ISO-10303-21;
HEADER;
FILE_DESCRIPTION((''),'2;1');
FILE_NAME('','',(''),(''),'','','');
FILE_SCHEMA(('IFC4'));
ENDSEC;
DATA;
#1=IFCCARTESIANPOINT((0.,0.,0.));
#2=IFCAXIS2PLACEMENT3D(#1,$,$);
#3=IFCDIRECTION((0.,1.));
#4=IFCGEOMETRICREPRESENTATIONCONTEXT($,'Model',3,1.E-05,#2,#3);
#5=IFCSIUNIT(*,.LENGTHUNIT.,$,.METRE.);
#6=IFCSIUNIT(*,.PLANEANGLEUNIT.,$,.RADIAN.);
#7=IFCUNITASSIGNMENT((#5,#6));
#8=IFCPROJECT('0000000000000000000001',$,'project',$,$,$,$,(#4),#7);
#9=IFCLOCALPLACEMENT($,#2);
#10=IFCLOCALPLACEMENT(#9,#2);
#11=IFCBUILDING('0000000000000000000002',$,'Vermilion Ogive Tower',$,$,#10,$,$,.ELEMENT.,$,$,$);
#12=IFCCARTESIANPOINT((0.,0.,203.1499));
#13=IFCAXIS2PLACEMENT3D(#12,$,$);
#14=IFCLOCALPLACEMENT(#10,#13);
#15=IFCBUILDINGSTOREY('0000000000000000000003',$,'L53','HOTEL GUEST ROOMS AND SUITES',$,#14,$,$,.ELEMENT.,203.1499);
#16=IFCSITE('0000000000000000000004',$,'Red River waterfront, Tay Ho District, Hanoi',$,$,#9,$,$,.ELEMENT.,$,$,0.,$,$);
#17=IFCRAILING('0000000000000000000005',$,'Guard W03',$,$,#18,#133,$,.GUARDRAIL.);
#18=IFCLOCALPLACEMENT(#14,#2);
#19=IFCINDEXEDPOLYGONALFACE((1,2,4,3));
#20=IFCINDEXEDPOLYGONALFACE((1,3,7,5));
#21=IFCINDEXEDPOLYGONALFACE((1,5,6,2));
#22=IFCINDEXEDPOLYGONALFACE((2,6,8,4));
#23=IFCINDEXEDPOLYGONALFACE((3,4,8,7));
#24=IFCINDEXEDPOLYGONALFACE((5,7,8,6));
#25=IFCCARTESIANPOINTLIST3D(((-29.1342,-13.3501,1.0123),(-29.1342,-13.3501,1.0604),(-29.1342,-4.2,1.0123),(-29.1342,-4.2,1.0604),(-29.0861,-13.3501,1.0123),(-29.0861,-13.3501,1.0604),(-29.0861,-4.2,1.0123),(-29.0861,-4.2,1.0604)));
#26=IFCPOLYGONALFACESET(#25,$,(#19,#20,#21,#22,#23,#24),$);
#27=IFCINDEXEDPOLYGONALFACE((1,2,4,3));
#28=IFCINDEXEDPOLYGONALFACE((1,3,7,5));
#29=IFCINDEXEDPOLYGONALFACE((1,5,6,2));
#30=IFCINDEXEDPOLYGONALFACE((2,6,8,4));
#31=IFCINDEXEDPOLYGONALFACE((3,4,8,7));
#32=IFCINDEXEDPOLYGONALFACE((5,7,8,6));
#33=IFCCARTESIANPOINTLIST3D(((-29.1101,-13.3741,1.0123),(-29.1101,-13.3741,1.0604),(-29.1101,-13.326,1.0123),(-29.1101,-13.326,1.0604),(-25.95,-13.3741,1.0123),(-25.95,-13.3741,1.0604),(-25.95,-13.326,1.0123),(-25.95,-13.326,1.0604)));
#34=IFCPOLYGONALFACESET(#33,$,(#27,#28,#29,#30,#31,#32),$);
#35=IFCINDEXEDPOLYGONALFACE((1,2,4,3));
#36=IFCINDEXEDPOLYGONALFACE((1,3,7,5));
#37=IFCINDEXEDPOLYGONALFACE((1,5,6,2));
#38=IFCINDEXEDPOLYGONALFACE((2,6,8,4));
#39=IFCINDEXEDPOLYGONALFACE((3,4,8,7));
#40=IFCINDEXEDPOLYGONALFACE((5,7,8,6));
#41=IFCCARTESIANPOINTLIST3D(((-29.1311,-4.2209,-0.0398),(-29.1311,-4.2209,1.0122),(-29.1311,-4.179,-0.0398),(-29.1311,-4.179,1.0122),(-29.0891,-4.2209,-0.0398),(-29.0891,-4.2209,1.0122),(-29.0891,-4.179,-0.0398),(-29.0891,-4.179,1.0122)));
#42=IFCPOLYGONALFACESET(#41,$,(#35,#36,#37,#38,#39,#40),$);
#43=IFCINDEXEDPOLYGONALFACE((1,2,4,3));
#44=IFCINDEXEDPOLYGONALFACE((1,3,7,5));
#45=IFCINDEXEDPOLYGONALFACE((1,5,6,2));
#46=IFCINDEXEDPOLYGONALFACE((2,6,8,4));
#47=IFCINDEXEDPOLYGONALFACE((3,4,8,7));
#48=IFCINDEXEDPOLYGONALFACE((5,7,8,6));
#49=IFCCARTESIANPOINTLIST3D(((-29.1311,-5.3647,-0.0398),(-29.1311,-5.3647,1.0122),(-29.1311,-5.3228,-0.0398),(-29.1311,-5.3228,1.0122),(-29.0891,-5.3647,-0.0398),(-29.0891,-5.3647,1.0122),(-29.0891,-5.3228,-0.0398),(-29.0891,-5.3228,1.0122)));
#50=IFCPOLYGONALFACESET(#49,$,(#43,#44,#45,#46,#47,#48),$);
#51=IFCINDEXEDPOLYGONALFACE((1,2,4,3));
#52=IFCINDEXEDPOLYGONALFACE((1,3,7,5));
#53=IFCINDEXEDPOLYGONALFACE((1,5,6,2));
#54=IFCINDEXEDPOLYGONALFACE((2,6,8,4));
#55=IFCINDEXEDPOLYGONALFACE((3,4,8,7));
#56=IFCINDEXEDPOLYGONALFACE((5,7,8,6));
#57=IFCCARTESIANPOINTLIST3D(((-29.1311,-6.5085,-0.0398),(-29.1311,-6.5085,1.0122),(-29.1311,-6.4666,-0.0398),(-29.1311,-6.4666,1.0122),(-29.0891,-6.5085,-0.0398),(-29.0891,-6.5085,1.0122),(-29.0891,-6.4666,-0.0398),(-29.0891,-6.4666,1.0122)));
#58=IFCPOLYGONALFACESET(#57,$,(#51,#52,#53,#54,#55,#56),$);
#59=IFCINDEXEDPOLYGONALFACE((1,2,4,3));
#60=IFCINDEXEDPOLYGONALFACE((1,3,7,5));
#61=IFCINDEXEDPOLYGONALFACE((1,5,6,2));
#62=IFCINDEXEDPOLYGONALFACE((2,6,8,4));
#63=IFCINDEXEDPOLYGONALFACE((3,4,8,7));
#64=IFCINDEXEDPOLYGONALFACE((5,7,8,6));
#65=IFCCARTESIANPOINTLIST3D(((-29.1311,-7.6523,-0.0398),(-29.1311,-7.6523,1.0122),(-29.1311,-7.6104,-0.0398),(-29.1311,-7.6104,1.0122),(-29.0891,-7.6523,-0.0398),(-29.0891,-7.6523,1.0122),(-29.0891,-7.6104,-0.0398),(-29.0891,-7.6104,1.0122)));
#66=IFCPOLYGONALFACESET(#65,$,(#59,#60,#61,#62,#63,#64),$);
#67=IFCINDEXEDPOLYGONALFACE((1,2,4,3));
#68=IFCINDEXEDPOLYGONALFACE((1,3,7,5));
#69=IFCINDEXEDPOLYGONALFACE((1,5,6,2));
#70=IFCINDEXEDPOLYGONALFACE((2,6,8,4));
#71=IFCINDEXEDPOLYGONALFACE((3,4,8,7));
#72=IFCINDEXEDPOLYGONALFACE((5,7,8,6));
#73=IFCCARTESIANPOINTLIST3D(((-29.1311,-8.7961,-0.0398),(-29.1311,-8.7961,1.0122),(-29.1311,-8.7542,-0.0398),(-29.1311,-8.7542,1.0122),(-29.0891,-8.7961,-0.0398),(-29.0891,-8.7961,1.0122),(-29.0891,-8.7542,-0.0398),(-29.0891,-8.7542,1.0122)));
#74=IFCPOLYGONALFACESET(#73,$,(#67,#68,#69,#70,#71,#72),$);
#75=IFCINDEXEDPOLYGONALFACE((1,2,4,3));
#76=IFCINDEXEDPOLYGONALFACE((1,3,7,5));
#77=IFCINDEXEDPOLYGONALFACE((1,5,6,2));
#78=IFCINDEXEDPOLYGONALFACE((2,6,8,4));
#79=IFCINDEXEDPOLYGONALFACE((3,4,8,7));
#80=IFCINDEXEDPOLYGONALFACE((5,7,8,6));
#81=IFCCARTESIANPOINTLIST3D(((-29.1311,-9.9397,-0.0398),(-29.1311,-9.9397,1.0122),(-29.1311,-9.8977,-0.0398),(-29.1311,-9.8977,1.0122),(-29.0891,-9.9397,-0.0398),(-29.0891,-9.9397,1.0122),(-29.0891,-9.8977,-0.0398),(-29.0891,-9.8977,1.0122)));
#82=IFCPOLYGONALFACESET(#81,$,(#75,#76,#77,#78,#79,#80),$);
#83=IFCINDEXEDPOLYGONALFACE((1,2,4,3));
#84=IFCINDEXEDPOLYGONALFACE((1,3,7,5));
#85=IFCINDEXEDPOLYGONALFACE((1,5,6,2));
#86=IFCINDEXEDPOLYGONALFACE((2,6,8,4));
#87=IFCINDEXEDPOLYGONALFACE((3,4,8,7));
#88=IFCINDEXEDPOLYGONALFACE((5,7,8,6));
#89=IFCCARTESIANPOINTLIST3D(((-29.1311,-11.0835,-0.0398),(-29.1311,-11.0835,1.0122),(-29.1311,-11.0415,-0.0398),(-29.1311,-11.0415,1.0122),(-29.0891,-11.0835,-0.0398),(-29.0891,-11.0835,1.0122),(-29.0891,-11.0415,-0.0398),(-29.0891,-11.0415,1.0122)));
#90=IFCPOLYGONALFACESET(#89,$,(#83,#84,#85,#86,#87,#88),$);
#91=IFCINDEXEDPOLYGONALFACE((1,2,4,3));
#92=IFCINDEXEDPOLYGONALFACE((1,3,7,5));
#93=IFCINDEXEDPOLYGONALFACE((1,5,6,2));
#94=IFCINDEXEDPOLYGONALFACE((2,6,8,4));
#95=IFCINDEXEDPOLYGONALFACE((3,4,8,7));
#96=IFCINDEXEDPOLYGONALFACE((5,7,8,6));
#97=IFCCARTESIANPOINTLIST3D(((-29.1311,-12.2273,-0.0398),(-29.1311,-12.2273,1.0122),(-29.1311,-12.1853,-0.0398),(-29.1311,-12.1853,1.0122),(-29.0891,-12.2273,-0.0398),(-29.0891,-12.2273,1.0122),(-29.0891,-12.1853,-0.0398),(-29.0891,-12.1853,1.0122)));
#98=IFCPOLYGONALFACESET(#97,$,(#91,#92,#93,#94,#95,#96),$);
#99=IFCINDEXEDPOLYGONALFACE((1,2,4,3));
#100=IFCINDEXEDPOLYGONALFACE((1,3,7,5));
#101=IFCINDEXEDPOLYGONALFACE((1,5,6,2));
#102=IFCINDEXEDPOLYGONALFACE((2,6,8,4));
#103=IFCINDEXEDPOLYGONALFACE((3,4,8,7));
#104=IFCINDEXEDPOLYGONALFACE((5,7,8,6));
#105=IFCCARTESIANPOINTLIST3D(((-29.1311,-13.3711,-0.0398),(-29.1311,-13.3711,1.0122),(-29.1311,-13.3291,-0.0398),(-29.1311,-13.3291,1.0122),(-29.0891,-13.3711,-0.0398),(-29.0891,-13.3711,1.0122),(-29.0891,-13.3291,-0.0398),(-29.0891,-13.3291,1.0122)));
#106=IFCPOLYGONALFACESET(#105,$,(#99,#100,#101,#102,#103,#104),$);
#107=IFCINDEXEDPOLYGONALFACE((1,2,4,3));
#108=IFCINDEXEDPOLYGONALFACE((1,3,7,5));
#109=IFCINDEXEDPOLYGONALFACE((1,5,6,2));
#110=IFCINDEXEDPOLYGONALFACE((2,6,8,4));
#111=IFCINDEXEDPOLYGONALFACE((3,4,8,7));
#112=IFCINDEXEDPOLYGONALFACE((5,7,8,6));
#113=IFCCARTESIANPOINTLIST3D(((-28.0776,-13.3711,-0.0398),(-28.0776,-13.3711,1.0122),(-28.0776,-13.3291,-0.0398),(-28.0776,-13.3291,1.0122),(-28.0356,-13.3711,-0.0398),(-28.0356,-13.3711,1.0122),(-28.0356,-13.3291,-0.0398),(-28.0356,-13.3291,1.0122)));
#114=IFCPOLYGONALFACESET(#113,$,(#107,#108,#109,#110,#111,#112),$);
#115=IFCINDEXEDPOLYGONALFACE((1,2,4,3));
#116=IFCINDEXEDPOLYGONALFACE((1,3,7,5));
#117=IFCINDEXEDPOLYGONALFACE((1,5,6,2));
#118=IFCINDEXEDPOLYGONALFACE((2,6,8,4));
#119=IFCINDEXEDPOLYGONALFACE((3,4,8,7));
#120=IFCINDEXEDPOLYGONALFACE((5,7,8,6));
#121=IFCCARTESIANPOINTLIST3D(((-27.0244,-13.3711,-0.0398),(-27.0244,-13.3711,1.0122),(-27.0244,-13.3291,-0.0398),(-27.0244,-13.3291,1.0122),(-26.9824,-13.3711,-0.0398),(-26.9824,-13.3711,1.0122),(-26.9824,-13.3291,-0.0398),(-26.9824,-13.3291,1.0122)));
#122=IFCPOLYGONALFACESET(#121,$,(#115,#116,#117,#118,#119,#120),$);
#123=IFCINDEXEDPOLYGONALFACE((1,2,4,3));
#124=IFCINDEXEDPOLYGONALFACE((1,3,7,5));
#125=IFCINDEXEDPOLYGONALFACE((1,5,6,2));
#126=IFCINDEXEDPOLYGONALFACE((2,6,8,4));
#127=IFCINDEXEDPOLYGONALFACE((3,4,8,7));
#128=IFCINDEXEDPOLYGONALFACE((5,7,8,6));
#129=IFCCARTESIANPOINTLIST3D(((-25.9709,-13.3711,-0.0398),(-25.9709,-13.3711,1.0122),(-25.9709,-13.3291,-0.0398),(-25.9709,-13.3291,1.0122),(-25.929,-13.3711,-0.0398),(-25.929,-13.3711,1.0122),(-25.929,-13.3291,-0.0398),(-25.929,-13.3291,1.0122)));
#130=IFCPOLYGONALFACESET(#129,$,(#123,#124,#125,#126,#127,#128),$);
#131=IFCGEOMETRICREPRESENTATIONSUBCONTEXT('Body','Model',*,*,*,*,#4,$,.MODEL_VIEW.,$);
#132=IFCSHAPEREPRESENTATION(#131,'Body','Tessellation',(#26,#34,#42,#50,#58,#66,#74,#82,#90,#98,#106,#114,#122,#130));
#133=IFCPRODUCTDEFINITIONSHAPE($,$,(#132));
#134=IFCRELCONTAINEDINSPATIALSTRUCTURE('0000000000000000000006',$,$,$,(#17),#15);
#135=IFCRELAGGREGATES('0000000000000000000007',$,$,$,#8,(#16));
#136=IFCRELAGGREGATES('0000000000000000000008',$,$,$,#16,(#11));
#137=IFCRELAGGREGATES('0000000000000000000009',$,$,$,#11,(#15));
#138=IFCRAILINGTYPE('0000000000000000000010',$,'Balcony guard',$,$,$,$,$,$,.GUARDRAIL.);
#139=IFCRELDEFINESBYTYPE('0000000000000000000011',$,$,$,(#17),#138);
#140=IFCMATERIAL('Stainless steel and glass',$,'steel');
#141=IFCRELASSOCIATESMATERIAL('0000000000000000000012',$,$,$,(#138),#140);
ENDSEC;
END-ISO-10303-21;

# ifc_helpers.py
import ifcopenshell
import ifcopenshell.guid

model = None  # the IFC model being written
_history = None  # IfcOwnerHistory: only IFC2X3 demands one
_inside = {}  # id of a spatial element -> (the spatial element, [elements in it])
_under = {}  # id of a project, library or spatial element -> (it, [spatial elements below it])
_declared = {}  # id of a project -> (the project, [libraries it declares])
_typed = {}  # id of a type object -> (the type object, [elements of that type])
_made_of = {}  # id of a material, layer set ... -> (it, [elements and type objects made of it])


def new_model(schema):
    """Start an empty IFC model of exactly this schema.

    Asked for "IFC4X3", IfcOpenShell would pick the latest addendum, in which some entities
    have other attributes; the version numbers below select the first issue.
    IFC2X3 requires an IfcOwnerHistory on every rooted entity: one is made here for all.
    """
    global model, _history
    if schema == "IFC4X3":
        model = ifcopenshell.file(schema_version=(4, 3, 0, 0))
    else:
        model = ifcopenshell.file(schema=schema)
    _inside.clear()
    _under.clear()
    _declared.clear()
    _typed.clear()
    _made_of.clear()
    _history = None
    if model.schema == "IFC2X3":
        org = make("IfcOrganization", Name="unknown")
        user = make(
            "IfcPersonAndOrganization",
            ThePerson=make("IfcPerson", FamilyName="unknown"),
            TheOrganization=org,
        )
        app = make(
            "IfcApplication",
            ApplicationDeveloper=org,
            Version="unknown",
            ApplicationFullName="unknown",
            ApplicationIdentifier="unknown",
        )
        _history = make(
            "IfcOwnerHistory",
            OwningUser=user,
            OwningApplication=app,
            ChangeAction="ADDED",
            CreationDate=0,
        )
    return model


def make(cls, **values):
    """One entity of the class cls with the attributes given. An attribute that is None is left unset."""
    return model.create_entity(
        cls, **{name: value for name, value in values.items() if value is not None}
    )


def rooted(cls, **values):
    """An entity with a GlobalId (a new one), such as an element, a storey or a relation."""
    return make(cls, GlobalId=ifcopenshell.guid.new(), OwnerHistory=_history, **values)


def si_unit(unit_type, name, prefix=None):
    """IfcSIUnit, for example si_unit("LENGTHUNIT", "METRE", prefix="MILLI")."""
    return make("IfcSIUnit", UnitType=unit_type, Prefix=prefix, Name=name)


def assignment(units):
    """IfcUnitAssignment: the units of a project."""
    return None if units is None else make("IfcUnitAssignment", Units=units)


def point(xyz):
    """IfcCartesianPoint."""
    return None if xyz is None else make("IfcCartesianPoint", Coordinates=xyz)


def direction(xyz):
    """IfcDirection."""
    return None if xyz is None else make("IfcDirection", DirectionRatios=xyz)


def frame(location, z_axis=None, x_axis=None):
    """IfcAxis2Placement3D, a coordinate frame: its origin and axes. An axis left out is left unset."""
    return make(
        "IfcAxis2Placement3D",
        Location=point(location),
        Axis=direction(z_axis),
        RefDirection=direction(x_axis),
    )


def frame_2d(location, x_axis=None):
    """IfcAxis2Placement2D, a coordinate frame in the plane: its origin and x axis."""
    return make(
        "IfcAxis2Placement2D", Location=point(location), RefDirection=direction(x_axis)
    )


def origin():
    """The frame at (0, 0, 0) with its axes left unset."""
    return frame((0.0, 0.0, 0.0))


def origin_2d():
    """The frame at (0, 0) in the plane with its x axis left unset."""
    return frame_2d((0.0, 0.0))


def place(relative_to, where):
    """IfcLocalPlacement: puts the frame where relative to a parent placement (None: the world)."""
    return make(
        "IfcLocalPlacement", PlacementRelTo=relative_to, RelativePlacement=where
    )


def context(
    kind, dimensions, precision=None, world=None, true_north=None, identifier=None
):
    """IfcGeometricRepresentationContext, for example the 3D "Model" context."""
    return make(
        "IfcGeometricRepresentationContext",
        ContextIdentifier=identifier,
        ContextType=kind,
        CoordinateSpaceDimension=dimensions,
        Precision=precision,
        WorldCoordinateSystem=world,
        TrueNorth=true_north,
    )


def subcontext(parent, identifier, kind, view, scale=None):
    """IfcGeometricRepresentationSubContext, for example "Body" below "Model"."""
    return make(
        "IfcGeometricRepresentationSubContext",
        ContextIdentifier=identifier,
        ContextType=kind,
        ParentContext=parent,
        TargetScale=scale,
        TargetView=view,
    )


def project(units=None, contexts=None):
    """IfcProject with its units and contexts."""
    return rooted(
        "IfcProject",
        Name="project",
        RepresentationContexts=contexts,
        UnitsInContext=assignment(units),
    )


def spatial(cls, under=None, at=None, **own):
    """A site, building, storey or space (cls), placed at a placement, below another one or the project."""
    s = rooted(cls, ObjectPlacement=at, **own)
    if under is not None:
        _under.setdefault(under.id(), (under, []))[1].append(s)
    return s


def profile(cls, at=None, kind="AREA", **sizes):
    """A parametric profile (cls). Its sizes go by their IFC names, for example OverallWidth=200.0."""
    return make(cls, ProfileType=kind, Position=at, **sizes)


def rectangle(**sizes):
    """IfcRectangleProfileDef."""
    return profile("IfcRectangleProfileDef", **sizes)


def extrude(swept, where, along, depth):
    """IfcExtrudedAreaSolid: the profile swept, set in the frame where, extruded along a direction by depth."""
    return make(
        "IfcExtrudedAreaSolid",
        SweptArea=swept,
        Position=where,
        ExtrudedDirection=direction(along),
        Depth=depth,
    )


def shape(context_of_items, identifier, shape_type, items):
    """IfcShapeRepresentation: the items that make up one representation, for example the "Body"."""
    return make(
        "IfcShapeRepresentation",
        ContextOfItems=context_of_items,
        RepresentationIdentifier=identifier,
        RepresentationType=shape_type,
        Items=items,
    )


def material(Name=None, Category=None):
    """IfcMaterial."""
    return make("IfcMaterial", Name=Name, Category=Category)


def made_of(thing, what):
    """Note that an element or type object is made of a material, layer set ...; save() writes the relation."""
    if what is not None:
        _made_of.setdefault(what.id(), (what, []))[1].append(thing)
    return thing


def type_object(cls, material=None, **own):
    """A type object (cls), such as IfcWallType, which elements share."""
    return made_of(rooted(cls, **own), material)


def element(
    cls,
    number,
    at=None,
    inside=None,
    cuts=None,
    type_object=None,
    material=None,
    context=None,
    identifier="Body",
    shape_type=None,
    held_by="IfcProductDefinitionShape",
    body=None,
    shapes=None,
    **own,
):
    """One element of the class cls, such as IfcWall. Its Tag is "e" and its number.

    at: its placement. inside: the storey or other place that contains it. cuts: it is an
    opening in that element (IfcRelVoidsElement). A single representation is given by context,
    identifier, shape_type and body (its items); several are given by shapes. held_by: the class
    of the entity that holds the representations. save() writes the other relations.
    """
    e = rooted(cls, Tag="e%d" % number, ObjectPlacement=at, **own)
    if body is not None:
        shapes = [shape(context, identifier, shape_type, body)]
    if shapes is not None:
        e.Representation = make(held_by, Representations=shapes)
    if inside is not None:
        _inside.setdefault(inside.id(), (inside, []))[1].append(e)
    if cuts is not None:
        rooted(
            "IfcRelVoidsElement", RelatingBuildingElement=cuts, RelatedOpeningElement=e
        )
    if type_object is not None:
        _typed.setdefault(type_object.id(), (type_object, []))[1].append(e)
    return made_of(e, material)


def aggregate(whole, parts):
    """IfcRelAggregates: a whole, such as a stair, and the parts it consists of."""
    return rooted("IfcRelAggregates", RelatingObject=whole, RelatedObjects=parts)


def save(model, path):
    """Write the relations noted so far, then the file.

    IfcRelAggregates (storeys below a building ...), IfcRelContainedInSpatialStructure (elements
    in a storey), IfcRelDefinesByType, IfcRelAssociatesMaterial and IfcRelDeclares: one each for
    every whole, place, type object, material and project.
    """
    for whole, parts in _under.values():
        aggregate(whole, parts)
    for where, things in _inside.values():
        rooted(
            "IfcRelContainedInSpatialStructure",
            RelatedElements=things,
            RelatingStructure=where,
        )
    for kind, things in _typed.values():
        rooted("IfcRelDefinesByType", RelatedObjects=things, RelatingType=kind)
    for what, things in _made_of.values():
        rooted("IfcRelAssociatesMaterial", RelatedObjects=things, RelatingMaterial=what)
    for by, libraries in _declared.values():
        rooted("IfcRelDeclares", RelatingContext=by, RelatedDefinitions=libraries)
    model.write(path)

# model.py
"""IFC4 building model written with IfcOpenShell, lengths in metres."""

from ifc_helpers import new_model, si_unit, direction, frame, origin, origin_2d, place, context, subcontext, project, spatial, rectangle, extrude, material, type_object, element, save


model = new_model("IFC4")

# Units and contexts
model_context = context("Model", 3, precision=1e-05, world=origin(), true_north=direction((0.0, 1.0)))
body_context = subcontext(model_context, "Body", "Model", "MODEL_VIEW")
ifc_project = project(units=[si_unit("LENGTHUNIT", "METRE"), si_unit("PLANEANGLEUNIT", "RADIAN")], contexts=[model_context])

# Site, building, storey
site_placement = place(None, origin())
site = spatial("IfcSite", under=ifc_project, at=site_placement, Name="Red River waterfront, Tay Ho District, Hanoi", CompositionType="ELEMENT", RefElevation=0.0)
building_placement = place(site_placement, origin())
building = spatial("IfcBuilding", under=site, at=building_placement, Name="Vermilion Ogive Tower", CompositionType="ELEMENT")
storey_placement = place(building_placement, frame((0.0, 0.0, 203.1499)))
storey = spatial("IfcBuildingStorey", under=building, at=storey_placement, Name="L53", Description="HOTEL GUEST ROOMS AND SUITES", CompositionType="ELEMENT", Elevation=203.1499)

# Railing
ifc_material_1 = material(Name="Stainless steel and glass", Category="steel")
railing_type = type_object("IfcRailingType", Name="Balcony guard", PredefinedType="GUARDRAIL", material=ifc_material_1)
railing_placement = place(storey_placement, frame((-29.1101, -4.2, -0.0398)))
element("IfcRailing", 1, at=railing_placement, inside=storey, type_object=railing_type, Name="Guard W03", PredefinedType="GUARDRAIL", context=body_context, shape_type="SweptSolid", body=[
    extrude(rectangle(XDim=0.0481, YDim=0.0481, at=origin_2d()), frame((0.0, 0.0, 1.0762), z_axis=(0.0, -1.0, 0.0), x_axis=(1.0, 0.0, 0.0)), (0.0, 0.0, 1.0), 9.1501),
    extrude(rectangle(XDim=0.0481, YDim=0.0481, at=origin_2d()), frame((0.0, -9.1501, 1.0762), z_axis=(1.0, 0.0, 0.0), x_axis=(0.0, 1.0, 0.0)), (0.0, 0.0, 1.0), 3.1602),
    extrude(rectangle(XDim=0.042, YDim=0.042, at=origin_2d()), origin(), (0.0, 0.0, 1.0), 1.052),
    extrude(rectangle(XDim=0.042, YDim=0.042, at=origin_2d()), frame((0.0, -1.1438, 0.0)), (0.0, 0.0, 1.0), 1.052),
    extrude(rectangle(XDim=0.042, YDim=0.042, at=origin_2d()), frame((0.0, -2.2876, 0.0)), (0.0, 0.0, 1.0), 1.052),
    extrude(rectangle(XDim=0.042, YDim=0.042, at=origin_2d()), frame((0.0, -3.4314, 0.0)), (0.0, 0.0, 1.0), 1.052),
    extrude(rectangle(XDim=0.042, YDim=0.042, at=origin_2d()), frame((0.0, -4.5752, 0.0)), (0.0, 0.0, 1.0), 1.052),
    extrude(rectangle(XDim=0.042, YDim=0.042, at=origin_2d()), frame((0.0, -5.7188, 0.0)), (0.0, 0.0, 1.0), 1.052),
    extrude(rectangle(XDim=0.042, YDim=0.042, at=origin_2d()), frame((0.0, -6.8625, 0.0)), (0.0, 0.0, 1.0), 1.052),
    extrude(rectangle(XDim=0.042, YDim=0.042, at=origin_2d()), frame((0.0, -8.0063, 0.0)), (0.0, 0.0, 1.0), 1.052),
    extrude(rectangle(XDim=0.042, YDim=0.042, at=origin_2d()), frame((0.0, -9.1501, 0.0)), (0.0, 0.0, 1.0), 1.052),
    extrude(rectangle(XDim=0.042, YDim=0.042, at=origin_2d()), frame((1.0535, -9.1501, 0.0)), (0.0, 0.0, 1.0), 1.052),
    extrude(rectangle(XDim=0.042, YDim=0.042, at=origin_2d()), frame((2.1067, -9.1501, 0.0)), (0.0, 0.0, 1.0), 1.052),
    extrude(rectangle(XDim=0.042, YDim=0.042, at=origin_2d()), frame((3.1602, -9.1501, 0.0)), (0.0, 0.0, 1.0), 1.052),
])

save(model, "model.ifc")
